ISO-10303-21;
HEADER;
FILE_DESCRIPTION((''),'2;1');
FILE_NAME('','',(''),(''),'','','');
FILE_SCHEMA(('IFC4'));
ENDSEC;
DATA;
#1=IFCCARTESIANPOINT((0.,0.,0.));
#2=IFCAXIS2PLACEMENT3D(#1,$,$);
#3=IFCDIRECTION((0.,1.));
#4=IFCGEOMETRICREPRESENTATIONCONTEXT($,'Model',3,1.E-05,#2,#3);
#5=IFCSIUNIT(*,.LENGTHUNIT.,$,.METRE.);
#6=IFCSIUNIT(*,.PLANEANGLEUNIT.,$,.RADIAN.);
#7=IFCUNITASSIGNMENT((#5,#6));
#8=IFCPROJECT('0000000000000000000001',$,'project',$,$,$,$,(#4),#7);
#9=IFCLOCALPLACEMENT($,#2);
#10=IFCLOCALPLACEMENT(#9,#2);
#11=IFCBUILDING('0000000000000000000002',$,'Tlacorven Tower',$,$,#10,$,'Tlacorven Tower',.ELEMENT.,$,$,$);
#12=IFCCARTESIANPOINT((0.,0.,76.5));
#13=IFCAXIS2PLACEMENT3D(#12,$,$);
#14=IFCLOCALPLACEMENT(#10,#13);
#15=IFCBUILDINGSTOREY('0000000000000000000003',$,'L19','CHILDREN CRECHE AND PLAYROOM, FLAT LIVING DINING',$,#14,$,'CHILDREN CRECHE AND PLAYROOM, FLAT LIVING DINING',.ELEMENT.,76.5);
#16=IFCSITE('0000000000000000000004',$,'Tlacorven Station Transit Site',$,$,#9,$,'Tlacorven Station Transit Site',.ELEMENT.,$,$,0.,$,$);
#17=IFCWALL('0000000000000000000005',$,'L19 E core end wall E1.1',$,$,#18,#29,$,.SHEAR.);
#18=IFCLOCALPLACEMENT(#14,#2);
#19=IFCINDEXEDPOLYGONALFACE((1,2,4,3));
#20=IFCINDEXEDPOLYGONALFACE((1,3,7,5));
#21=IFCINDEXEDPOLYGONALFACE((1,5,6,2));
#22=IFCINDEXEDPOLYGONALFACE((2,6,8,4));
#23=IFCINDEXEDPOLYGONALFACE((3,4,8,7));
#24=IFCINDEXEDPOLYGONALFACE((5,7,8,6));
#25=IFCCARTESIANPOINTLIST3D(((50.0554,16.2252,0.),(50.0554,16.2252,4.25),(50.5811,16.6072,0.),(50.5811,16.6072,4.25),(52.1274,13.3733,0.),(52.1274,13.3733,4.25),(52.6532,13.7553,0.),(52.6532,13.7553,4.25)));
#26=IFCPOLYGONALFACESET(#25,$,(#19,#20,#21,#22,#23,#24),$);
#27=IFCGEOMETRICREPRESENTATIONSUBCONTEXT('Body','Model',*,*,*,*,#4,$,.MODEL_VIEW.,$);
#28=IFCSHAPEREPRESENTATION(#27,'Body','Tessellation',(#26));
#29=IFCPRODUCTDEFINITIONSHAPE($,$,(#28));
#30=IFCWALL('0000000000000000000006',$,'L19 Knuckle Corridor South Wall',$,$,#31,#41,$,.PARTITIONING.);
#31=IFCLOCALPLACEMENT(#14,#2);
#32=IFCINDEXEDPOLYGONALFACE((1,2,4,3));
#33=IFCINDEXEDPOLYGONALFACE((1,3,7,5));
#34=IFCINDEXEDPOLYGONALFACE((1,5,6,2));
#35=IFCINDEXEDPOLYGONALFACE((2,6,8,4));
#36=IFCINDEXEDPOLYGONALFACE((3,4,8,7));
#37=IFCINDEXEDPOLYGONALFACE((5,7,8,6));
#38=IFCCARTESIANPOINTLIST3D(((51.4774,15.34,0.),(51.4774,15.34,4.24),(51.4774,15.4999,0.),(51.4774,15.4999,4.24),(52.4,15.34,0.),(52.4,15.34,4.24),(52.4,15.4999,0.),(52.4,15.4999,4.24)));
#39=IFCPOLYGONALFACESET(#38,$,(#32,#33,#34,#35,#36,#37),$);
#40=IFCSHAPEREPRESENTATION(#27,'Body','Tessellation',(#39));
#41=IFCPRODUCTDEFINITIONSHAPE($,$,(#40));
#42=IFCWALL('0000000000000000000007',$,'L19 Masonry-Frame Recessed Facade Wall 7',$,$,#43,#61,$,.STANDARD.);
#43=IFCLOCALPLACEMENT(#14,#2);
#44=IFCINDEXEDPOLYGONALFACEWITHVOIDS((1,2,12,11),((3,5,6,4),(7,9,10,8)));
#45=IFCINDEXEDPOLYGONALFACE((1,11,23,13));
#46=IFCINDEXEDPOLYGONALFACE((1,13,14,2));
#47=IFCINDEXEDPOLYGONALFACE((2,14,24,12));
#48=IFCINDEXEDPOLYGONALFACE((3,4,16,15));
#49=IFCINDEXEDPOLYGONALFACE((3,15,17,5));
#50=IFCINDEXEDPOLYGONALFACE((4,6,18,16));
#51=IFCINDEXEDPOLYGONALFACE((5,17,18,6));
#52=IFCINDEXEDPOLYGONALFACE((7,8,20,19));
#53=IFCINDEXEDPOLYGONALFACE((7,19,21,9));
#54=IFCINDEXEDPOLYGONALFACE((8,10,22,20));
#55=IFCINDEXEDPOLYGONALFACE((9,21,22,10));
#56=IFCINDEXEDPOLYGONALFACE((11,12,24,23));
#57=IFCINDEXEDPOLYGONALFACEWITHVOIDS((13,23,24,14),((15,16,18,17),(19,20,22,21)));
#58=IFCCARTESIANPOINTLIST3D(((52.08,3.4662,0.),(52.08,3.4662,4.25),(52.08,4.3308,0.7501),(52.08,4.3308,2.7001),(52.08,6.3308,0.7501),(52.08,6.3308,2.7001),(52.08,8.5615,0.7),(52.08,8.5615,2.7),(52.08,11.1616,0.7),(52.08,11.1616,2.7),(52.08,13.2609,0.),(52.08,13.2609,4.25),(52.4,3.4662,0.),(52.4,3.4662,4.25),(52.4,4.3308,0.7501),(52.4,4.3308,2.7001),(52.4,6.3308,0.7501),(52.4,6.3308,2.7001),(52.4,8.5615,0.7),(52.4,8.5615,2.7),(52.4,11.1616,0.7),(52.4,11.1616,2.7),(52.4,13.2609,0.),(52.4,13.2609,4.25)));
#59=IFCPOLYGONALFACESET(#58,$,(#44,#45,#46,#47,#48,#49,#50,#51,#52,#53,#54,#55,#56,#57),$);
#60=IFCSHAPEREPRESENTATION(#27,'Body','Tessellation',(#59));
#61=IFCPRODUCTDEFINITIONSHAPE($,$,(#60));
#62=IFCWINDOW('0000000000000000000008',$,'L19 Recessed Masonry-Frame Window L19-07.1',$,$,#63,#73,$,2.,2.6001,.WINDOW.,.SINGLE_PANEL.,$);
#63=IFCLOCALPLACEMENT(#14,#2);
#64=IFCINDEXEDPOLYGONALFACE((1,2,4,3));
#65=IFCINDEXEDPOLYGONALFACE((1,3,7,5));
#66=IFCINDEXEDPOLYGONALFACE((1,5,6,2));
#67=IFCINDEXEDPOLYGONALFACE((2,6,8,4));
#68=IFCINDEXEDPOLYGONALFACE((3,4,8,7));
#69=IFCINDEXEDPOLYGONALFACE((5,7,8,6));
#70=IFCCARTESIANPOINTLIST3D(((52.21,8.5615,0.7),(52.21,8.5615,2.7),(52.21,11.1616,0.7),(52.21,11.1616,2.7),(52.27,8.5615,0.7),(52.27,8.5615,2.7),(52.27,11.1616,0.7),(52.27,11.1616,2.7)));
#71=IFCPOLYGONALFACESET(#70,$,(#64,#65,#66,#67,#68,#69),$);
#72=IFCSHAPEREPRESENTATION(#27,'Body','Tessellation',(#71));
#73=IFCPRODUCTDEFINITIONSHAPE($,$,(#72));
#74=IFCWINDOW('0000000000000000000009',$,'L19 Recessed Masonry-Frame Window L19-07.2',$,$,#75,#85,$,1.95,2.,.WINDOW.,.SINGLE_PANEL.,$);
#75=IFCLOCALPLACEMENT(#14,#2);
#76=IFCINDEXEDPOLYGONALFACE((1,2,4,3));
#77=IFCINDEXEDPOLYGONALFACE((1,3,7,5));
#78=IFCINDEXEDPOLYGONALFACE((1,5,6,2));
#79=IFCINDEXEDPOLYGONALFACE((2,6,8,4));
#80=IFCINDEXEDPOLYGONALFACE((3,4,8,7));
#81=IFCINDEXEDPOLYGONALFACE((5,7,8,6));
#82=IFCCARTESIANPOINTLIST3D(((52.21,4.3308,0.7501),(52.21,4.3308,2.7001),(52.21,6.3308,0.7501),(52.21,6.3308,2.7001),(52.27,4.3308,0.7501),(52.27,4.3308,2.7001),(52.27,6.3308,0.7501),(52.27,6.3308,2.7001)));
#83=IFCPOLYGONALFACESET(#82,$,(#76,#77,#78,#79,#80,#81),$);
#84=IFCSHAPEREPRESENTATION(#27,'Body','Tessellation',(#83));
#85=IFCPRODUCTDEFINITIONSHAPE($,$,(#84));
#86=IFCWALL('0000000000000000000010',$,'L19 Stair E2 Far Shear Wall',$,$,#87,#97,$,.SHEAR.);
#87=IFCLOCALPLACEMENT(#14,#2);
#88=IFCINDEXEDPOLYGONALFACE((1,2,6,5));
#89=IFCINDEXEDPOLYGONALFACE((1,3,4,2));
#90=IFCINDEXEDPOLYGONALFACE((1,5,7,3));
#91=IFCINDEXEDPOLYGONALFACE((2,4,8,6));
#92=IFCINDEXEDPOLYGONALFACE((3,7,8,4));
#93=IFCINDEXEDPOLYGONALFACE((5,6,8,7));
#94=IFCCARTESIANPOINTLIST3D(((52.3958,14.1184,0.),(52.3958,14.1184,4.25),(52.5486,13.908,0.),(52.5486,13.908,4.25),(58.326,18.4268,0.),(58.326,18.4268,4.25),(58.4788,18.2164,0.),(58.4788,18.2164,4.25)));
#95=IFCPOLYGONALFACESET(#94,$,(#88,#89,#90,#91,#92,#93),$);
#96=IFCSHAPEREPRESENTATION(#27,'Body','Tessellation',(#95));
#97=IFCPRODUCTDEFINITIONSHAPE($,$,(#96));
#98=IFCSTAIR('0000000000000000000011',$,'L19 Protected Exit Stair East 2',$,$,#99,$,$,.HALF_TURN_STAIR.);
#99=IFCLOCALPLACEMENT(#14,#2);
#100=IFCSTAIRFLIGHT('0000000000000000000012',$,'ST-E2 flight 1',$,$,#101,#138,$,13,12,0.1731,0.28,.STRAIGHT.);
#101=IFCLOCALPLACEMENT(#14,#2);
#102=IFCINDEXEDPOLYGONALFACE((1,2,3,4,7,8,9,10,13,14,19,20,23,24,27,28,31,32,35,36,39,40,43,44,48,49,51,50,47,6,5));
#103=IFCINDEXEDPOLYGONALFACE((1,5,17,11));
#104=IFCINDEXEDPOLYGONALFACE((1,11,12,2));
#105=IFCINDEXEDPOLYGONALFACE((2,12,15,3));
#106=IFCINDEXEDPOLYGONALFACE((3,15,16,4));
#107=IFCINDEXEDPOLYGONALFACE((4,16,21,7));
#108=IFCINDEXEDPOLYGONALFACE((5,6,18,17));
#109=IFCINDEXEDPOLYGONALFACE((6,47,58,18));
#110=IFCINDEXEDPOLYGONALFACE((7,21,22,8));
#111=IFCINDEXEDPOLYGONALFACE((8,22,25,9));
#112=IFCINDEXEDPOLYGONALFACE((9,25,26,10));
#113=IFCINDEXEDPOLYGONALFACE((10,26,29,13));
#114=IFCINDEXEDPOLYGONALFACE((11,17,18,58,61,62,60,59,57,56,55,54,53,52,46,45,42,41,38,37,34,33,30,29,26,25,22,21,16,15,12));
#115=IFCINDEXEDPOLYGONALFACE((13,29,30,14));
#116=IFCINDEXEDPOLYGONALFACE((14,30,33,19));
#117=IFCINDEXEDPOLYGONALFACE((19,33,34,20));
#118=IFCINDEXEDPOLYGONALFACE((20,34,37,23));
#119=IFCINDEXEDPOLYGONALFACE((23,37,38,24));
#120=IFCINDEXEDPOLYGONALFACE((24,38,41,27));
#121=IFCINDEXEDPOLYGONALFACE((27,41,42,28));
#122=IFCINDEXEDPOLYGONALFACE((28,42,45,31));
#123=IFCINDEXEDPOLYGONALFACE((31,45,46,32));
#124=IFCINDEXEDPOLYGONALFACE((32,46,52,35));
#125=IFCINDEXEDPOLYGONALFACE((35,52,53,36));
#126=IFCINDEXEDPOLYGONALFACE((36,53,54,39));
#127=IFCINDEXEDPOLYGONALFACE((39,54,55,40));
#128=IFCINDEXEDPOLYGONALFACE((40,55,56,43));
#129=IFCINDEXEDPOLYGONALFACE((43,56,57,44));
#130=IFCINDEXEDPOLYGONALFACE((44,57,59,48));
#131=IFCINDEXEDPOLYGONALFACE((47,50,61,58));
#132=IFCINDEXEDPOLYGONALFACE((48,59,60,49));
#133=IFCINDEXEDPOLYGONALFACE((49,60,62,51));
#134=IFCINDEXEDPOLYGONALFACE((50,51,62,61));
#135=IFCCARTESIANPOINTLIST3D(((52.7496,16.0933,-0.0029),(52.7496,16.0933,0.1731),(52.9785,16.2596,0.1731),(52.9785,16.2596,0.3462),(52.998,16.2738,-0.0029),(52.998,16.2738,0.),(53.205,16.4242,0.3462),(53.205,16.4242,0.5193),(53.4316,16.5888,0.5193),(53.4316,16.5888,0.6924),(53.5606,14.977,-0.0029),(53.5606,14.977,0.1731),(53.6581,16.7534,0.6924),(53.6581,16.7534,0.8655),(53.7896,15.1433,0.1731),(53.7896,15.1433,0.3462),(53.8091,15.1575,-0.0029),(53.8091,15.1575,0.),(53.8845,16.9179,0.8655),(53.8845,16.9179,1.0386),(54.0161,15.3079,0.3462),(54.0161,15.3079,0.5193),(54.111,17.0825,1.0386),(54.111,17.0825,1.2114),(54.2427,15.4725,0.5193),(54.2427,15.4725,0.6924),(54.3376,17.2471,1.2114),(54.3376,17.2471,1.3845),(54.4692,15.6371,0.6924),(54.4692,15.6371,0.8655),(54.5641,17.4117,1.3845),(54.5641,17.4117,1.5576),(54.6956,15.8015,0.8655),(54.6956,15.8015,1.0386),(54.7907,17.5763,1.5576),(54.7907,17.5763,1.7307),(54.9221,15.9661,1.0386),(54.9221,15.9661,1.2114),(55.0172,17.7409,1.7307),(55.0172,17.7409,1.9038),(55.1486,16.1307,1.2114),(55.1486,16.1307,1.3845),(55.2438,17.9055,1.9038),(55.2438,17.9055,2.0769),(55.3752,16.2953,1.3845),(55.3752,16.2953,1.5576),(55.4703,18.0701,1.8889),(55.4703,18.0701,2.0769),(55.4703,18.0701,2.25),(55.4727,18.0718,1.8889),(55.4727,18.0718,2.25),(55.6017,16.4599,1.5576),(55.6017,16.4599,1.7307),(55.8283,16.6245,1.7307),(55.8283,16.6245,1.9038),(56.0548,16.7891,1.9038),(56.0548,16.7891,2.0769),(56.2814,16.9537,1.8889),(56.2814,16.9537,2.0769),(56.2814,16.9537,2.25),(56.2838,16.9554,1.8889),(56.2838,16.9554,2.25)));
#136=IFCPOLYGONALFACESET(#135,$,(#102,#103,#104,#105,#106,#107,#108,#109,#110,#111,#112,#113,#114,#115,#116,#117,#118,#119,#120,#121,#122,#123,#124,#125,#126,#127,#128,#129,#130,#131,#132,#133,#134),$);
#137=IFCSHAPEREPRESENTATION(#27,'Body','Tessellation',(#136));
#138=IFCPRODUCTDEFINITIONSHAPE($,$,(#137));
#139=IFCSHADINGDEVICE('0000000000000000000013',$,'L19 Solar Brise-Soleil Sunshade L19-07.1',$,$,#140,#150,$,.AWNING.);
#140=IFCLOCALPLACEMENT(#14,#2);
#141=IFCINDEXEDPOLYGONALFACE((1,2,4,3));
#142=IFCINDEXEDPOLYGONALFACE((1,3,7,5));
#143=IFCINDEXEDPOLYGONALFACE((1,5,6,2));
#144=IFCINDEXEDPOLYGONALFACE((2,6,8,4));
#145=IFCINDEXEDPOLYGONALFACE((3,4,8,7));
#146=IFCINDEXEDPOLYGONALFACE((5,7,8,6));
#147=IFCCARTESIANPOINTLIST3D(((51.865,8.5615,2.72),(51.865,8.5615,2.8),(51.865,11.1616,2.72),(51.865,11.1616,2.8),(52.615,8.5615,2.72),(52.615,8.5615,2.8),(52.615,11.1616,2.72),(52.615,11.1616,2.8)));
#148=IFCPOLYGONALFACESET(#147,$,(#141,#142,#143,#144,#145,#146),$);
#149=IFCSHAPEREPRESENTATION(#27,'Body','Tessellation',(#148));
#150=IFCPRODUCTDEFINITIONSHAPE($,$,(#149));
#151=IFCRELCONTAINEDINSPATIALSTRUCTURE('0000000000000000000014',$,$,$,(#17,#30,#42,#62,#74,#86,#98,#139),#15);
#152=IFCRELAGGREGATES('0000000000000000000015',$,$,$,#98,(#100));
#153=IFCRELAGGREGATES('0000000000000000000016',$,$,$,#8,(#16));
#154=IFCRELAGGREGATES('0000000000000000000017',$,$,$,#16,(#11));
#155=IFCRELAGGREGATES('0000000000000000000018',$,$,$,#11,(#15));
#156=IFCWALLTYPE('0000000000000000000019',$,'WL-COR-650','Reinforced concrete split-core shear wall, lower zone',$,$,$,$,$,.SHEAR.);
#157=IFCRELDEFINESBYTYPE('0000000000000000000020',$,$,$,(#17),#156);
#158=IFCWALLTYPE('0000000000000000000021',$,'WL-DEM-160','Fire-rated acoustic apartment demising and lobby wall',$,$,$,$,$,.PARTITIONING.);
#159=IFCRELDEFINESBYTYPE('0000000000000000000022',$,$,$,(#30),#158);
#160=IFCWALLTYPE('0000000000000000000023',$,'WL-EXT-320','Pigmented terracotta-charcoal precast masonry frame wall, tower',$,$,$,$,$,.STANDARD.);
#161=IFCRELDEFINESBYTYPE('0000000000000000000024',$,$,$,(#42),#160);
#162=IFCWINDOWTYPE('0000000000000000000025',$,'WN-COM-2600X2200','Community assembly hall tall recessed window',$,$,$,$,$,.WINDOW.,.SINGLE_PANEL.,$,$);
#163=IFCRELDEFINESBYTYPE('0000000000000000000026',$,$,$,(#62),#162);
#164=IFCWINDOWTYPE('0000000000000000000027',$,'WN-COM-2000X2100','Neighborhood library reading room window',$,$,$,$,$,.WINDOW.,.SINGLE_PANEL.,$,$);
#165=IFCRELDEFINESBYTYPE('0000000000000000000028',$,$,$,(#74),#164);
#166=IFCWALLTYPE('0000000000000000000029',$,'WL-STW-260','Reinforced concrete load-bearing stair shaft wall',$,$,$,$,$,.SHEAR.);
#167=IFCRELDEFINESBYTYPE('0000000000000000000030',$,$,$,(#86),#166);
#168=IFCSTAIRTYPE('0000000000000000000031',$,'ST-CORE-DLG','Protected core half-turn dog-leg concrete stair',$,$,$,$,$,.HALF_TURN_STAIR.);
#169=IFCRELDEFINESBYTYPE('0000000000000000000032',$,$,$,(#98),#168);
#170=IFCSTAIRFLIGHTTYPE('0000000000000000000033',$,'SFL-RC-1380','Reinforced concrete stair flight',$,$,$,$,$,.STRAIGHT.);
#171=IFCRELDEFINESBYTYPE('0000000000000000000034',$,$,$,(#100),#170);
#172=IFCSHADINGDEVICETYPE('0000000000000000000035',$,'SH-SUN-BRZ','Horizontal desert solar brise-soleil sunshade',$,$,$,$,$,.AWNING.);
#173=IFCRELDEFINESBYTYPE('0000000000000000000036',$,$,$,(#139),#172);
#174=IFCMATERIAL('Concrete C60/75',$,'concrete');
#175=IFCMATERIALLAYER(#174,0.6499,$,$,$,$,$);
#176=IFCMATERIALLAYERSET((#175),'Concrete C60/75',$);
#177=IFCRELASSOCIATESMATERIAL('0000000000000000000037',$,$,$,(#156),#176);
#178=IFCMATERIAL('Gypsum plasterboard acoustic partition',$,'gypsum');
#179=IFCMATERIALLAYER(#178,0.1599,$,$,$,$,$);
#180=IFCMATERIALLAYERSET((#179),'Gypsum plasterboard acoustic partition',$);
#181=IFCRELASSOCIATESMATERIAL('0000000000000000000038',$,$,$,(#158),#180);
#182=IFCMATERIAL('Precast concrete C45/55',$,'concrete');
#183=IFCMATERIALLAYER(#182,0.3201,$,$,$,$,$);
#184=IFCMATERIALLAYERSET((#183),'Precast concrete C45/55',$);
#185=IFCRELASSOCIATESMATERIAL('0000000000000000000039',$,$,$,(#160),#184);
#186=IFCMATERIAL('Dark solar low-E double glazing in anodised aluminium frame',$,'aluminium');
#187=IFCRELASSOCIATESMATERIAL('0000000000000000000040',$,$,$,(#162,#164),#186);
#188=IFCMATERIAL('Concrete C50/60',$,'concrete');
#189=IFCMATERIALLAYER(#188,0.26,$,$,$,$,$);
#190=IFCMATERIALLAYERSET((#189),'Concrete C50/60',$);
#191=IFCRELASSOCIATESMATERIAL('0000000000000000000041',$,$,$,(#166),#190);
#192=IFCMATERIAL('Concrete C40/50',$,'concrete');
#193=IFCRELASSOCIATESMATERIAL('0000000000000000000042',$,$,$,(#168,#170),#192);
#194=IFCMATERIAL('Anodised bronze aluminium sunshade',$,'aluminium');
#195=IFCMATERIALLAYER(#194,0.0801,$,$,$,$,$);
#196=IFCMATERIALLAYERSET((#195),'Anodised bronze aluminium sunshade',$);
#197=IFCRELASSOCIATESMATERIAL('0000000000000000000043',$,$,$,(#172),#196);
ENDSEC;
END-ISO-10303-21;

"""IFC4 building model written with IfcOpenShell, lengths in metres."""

from ifc_helpers import new_model, si_unit, direction, frame, frame_2d, origin, origin_2d, place, context, subcontext, project, spatial, polyline, rectangle, outline, extrude, source, transform, mapped, material, layer, layer_set, type_object, element, fill, aggregate, save


model = new_model("IFC4")

# Units and contexts
model_context = context("Model", 3, precision=1e-05, world=origin(), true_north=direction((0.0, 1.0)))
body_context = subcontext(model_context, "Body", "Model", "MODEL_VIEW")
ifc_project = project(units=[si_unit("LENGTHUNIT", "METRE"), si_unit("PLANEANGLEUNIT", "RADIAN")], contexts=[model_context])

# Site, building, storey
site_placement = place(None, origin())
site = spatial("IfcSite", under=ifc_project, at=site_placement, Name="Tlacorven Station Transit Site", LongName="Tlacorven Station Transit Site", CompositionType="ELEMENT", RefElevation=0.0)
building_placement = place(site_placement, origin())
building = spatial("IfcBuilding", under=site, at=building_placement, Name="Tlacorven Tower", LongName="Tlacorven Tower", CompositionType="ELEMENT")
storey_placement = place(building_placement, frame((0.0, 0.0, 76.5)))
storey = spatial("IfcBuildingStorey", under=building, at=storey_placement, Name="L19", Description="CHILDREN CRECHE AND PLAYROOM, FLAT LIVING DINING", LongName="CHILDREN CRECHE AND PLAYROOM, FLAT LIVING DINING", CompositionType="ELEMENT", Elevation=76.5)

# Walls
ifc_material_1 = material(Name="Concrete C60/75", Category="concrete")
ifc_layer_1 = layer(ifc_material_1, 0.6499)
ifc_layer_set_1 = layer_set([ifc_layer_1], Name="Concrete C60/75")
wall_type_1 = type_object("IfcWallType", Name="WL-COR-650", Description="Reinforced concrete split-core shear wall, lower zone", PredefinedType="SHEAR", material=ifc_layer_set_1)
wall_1_placement = place(storey_placement, frame((52.3904, 13.5642, 0.0), z_axis=(0.0, 0.0, 1.0), x_axis=(-0.587797, 0.809009, 0.0)))
element("IfcWall", 1, at=wall_1_placement, inside=storey, type_object=wall_type_1, Name="L19 E core end wall E1.1", PredefinedType="SHEAR", context=body_context, shape_type="SweptSolid", body=[
    extrude(rectangle(XDim=3.5251, YDim=0.6499, at=frame_2d((1.7627, 0.0))), origin(), (0.0, 0.0, 1.0), 4.25),
])
ifc_material_2 = material(Name="Gypsum plasterboard acoustic partition", Category="gypsum")
ifc_layer_2 = layer(ifc_material_2, 0.1599)
ifc_layer_set_2 = layer_set([ifc_layer_2], Name="Gypsum plasterboard acoustic partition")
wall_type_2 = type_object("IfcWallType", Name="WL-DEM-160", Description="Fire-rated acoustic apartment demising and lobby wall", PredefinedType="PARTITIONING", material=ifc_layer_set_2)
wall_2_placement = place(storey_placement, frame((51.4773, 15.4199, 0.0), z_axis=(0.0, 0.0, 1.0), x_axis=(1.0, 0.0, 0.0)))
element("IfcWall", 2, at=wall_2_placement, inside=storey, type_object=wall_type_2, Name="L19 Knuckle Corridor South Wall", PredefinedType="PARTITIONING", context=body_context, shape_type="SweptSolid", body=[
    extrude(rectangle(XDim=0.9226, YDim=0.1599, at=frame_2d((0.4614, 0.0))), origin(), (0.0, 0.0, 1.0), 4.24),
])

# Wall, openings, windows
ifc_material_3 = material(Name="Precast concrete C45/55", Category="concrete")
ifc_layer_3 = layer(ifc_material_3, 0.3201)
ifc_layer_set_3 = layer_set([ifc_layer_3], Name="Precast concrete C45/55")
wall_type_3 = type_object("IfcWallType", Name="WL-EXT-320", Description="Pigmented terracotta-charcoal precast masonry frame wall, tower", PredefinedType="STANDARD", material=ifc_layer_set_3)
wall_3_placement = place(storey_placement, frame((52.24, 13.261, 0.0), z_axis=(0.0, 0.0, 1.0), x_axis=(0.0, -1.0, 0.0)))
wall_3 = element("IfcWall", 3, at=wall_3_placement, inside=storey, type_object=wall_type_3, Name="L19 Masonry-Frame Recessed Facade Wall 7", PredefinedType="STANDARD", context=body_context, shape_type="SweptSolid", body=[
    extrude(rectangle(XDim=9.7947, YDim=0.3201, at=frame_2d((4.8975, 0.0))), origin(), (0.0, 0.0, 1.0), 4.25),
])
opening_1_placement = place(wall_3_placement, frame((2.0994, 0.0, 0.7)))
opening_1 = element("IfcOpeningElement", 4, at=opening_1_placement, cuts=wall_3, PredefinedType="OPENING", context=body_context, shape_type="SweptSolid", body=[
    extrude(rectangle(XDim=2.6001, YDim=2.0, at=frame_2d((1.3, 1.0))), frame((0.0, 0.1699, 0.0), z_axis=(0.0, -1.0, 0.0), x_axis=(1.0, 0.0, 0.0)), (0.0, 0.0, 1.0), 0.3401),
])
opening_2_placement = place(wall_3_placement, frame((6.9302, 0.0, 0.75)))
opening_2 = element("IfcOpeningElement", 5, at=opening_2_placement, cuts=wall_3, PredefinedType="OPENING", context=body_context, shape_type="SweptSolid", body=[
    extrude(rectangle(XDim=2.0, YDim=1.95, at=frame_2d((1.0, 0.9751))), frame((0.0, 0.1699, 0.0), z_axis=(0.0, -1.0, 0.0), x_axis=(1.0, 0.0, 0.0)), (0.0, 0.0, 1.0), 0.3401),
])
ifc_material_4 = material(Name="Dark solar low-E double glazing in anodised aluminium frame", Category="aluminium")
window_type_1 = type_object("IfcWindowType", Name="WN-COM-2600X2200", Description="Community assembly hall tall recessed window", PartitioningType="SINGLE_PANEL", PredefinedType="WINDOW", material=ifc_material_4)
shared_shape_1 = source(origin(), body_context, "Body", "SweptSolid", [
    extrude(rectangle(XDim=2.6001, YDim=2.0, at=frame_2d((1.3, 1.0))), frame((0.0, 0.03, 0.0), z_axis=(0.0, -1.0, 0.0), x_axis=(1.0, 0.0, 0.0)), (0.0, 0.0, 1.0), 0.0601),
])
window_1_placement = place(opening_1_placement, origin())
window_1 = element("IfcWindow", 6, at=window_1_placement, inside=storey, type_object=window_type_1, Name="L19 Recessed Masonry-Frame Window L19-07.1", OverallHeight=2.0, OverallWidth=2.6001, PartitioningType="SINGLE_PANEL", PredefinedType="WINDOW", context=body_context, shape_type="MappedRepresentation", body=[
    mapped(shared_shape_1, transform((0.0, 0.0, 0.0), scale=1.0)),
])
fill(opening_1, window_1)
window_type_2 = type_object("IfcWindowType", Name="WN-COM-2000X2100", Description="Neighborhood library reading room window", PartitioningType="SINGLE_PANEL", PredefinedType="WINDOW", material=ifc_material_4)
shared_shape_2 = source(origin(), body_context, "Body", "SweptSolid", [
    extrude(rectangle(XDim=2.0, YDim=1.95, at=frame_2d((1.0, 0.9751))), frame((0.0, 0.03, 0.0), z_axis=(0.0, -1.0, 0.0), x_axis=(1.0, 0.0, 0.0)), (0.0, 0.0, 1.0), 0.0601),
])
window_2_placement = place(opening_2_placement, origin())
window_2 = element("IfcWindow", 7, at=window_2_placement, inside=storey, type_object=window_type_2, Name="L19 Recessed Masonry-Frame Window L19-07.2", OverallHeight=1.95, OverallWidth=2.0, PartitioningType="SINGLE_PANEL", PredefinedType="WINDOW", context=body_context, shape_type="MappedRepresentation", body=[
    mapped(shared_shape_2, transform((0.0, 0.0, 0.0), scale=1.0)),
])
fill(opening_2, window_2)

# Wall
ifc_material_5 = material(Name="Concrete C50/60", Category="concrete")
ifc_layer_4 = layer(ifc_material_5, 0.26)
ifc_layer_set_4 = layer_set([ifc_layer_4], Name="Concrete C50/60")
wall_type_4 = type_object("IfcWallType", Name="WL-STW-260", Description="Reinforced concrete load-bearing stair shaft wall", PredefinedType="SHEAR", material=ifc_layer_set_4)
wall_4_placement = place(storey_placement, frame((52.4722, 14.0132, 0.0), z_axis=(0.0, 0.0, 1.0), x_axis=(0.809028, 0.58777, 0.0)))
element("IfcWall", 8, at=wall_4_placement, inside=storey, type_object=wall_type_4, Name="L19 Stair E2 Far Shear Wall", PredefinedType="SHEAR", context=body_context, shape_type="SweptSolid", body=[
    extrude(rectangle(XDim=7.3301, YDim=0.26, at=frame_2d((3.665, 0.0))), origin(), (0.0, 0.0, 1.0), 4.25),
])

# Stair, stair flight
ifc_material_6 = material(Name="Concrete C40/50", Category="concrete")
stair_type = type_object("IfcStairType", Name="ST-CORE-DLG", Description="Protected core half-turn dog-leg concrete stair", PredefinedType="HALF_TURN_STAIR", material=ifc_material_6)
stair_placement = place(storey_placement, origin())
stair = element("IfcStair", 9, at=stair_placement, inside=storey, type_object=stair_type, Name="L19 Protected Exit Stair East 2", PredefinedType="HALF_TURN_STAIR")
stair_flight_type = type_object("IfcStairFlightType", Name="SFL-RC-1380", Description="Reinforced concrete stair flight", PredefinedType="STRAIGHT", material=ifc_material_6)
shared_shape_3 = source(origin(), body_context, "Body", "SweptSolid", [
    extrude(outline(polyline([(-0.0029, -0.0029), (-0.0029, 0.1731), (0.28, 0.1731), (0.28, 0.3462), (0.5601, 0.3462), (0.5601, 0.5193), (0.8401, 0.5193), (0.8401, 0.6924), (1.1201, 0.6924), (1.1201, 0.8655), (1.3999, 0.8655), (1.3999, 1.0386), (1.6799, 1.0386), (1.6799, 1.2114), (1.96, 1.2114), (1.96, 1.3845), (2.24, 1.3845), (2.24, 1.5576), (2.52, 1.5576), (2.52, 1.7307), (2.8, 1.7307), (2.8, 1.9038), (3.0801, 1.9038), (3.0801, 2.0769), (3.3601, 2.0769), (3.3601, 2.25), (3.363, 2.25), (3.363, 1.8889), (3.3601, 1.8889), (0.3042, 0.0), (0.3042, -0.0029), (-0.0029, -0.0029)])), frame((0.0, 0.6899, 0.0), z_axis=(0.0, -1.0, 0.0), x_axis=(1.0, 0.0, 0.0)), (0.0, 0.0, 1.0), 1.3799),
])
stair_flight_placement = place(storey_placement, frame((53.1575, 15.5369, 0.0), z_axis=(0.0, 0.0, 1.0), x_axis=(0.809017, 0.587785, 0.0)))
stair_flight = element("IfcStairFlight", 10, at=stair_flight_placement, type_object=stair_flight_type, Name="ST-E2 flight 1", NumberOfRisers=13, NumberOfTreads=12, PredefinedType="STRAIGHT", RiserHeight=0.1731, TreadLength=0.28, context=body_context, shape_type="MappedRepresentation", body=[
    mapped(shared_shape_3, transform((0.0, 0.0, 0.0), scale=1.0)),
])
aggregate(stair, [stair_flight])

# Shading device
ifc_material_7 = material(Name="Anodised bronze aluminium sunshade", Category="aluminium")
ifc_layer_5 = layer(ifc_material_7, 0.0801)
ifc_layer_set_5 = layer_set([ifc_layer_5], Name="Anodised bronze aluminium sunshade")
shading_device_type = type_object("IfcShadingDeviceType", Name="SH-SUN-BRZ", Description="Horizontal desert solar brise-soleil sunshade", PredefinedType="AWNING", material=ifc_layer_set_5)
shared_shape_4 = source(origin(), body_context, "Body", "SweptSolid", [
    extrude(rectangle(XDim=2.6001, YDim=0.75, at=origin_2d()), origin(), (0.0, 0.0, 1.0), 0.0801),
])
shading_device_placement = place(storey_placement, frame((52.24, 9.8616, 2.72), z_axis=(0.0, 0.0, 1.0), x_axis=(0.0, -1.0, 0.0)))
element("IfcShadingDevice", 11, at=shading_device_placement, inside=storey, type_object=shading_device_type, Name="L19 Solar Brise-Soleil Sunshade L19-07.1", PredefinedType="AWNING", context=body_context, shape_type="MappedRepresentation", body=[
    mapped(shared_shape_4, transform((0.0, 0.0, 0.0), scale=1.0)),
])

save(model, "model.ifc")
